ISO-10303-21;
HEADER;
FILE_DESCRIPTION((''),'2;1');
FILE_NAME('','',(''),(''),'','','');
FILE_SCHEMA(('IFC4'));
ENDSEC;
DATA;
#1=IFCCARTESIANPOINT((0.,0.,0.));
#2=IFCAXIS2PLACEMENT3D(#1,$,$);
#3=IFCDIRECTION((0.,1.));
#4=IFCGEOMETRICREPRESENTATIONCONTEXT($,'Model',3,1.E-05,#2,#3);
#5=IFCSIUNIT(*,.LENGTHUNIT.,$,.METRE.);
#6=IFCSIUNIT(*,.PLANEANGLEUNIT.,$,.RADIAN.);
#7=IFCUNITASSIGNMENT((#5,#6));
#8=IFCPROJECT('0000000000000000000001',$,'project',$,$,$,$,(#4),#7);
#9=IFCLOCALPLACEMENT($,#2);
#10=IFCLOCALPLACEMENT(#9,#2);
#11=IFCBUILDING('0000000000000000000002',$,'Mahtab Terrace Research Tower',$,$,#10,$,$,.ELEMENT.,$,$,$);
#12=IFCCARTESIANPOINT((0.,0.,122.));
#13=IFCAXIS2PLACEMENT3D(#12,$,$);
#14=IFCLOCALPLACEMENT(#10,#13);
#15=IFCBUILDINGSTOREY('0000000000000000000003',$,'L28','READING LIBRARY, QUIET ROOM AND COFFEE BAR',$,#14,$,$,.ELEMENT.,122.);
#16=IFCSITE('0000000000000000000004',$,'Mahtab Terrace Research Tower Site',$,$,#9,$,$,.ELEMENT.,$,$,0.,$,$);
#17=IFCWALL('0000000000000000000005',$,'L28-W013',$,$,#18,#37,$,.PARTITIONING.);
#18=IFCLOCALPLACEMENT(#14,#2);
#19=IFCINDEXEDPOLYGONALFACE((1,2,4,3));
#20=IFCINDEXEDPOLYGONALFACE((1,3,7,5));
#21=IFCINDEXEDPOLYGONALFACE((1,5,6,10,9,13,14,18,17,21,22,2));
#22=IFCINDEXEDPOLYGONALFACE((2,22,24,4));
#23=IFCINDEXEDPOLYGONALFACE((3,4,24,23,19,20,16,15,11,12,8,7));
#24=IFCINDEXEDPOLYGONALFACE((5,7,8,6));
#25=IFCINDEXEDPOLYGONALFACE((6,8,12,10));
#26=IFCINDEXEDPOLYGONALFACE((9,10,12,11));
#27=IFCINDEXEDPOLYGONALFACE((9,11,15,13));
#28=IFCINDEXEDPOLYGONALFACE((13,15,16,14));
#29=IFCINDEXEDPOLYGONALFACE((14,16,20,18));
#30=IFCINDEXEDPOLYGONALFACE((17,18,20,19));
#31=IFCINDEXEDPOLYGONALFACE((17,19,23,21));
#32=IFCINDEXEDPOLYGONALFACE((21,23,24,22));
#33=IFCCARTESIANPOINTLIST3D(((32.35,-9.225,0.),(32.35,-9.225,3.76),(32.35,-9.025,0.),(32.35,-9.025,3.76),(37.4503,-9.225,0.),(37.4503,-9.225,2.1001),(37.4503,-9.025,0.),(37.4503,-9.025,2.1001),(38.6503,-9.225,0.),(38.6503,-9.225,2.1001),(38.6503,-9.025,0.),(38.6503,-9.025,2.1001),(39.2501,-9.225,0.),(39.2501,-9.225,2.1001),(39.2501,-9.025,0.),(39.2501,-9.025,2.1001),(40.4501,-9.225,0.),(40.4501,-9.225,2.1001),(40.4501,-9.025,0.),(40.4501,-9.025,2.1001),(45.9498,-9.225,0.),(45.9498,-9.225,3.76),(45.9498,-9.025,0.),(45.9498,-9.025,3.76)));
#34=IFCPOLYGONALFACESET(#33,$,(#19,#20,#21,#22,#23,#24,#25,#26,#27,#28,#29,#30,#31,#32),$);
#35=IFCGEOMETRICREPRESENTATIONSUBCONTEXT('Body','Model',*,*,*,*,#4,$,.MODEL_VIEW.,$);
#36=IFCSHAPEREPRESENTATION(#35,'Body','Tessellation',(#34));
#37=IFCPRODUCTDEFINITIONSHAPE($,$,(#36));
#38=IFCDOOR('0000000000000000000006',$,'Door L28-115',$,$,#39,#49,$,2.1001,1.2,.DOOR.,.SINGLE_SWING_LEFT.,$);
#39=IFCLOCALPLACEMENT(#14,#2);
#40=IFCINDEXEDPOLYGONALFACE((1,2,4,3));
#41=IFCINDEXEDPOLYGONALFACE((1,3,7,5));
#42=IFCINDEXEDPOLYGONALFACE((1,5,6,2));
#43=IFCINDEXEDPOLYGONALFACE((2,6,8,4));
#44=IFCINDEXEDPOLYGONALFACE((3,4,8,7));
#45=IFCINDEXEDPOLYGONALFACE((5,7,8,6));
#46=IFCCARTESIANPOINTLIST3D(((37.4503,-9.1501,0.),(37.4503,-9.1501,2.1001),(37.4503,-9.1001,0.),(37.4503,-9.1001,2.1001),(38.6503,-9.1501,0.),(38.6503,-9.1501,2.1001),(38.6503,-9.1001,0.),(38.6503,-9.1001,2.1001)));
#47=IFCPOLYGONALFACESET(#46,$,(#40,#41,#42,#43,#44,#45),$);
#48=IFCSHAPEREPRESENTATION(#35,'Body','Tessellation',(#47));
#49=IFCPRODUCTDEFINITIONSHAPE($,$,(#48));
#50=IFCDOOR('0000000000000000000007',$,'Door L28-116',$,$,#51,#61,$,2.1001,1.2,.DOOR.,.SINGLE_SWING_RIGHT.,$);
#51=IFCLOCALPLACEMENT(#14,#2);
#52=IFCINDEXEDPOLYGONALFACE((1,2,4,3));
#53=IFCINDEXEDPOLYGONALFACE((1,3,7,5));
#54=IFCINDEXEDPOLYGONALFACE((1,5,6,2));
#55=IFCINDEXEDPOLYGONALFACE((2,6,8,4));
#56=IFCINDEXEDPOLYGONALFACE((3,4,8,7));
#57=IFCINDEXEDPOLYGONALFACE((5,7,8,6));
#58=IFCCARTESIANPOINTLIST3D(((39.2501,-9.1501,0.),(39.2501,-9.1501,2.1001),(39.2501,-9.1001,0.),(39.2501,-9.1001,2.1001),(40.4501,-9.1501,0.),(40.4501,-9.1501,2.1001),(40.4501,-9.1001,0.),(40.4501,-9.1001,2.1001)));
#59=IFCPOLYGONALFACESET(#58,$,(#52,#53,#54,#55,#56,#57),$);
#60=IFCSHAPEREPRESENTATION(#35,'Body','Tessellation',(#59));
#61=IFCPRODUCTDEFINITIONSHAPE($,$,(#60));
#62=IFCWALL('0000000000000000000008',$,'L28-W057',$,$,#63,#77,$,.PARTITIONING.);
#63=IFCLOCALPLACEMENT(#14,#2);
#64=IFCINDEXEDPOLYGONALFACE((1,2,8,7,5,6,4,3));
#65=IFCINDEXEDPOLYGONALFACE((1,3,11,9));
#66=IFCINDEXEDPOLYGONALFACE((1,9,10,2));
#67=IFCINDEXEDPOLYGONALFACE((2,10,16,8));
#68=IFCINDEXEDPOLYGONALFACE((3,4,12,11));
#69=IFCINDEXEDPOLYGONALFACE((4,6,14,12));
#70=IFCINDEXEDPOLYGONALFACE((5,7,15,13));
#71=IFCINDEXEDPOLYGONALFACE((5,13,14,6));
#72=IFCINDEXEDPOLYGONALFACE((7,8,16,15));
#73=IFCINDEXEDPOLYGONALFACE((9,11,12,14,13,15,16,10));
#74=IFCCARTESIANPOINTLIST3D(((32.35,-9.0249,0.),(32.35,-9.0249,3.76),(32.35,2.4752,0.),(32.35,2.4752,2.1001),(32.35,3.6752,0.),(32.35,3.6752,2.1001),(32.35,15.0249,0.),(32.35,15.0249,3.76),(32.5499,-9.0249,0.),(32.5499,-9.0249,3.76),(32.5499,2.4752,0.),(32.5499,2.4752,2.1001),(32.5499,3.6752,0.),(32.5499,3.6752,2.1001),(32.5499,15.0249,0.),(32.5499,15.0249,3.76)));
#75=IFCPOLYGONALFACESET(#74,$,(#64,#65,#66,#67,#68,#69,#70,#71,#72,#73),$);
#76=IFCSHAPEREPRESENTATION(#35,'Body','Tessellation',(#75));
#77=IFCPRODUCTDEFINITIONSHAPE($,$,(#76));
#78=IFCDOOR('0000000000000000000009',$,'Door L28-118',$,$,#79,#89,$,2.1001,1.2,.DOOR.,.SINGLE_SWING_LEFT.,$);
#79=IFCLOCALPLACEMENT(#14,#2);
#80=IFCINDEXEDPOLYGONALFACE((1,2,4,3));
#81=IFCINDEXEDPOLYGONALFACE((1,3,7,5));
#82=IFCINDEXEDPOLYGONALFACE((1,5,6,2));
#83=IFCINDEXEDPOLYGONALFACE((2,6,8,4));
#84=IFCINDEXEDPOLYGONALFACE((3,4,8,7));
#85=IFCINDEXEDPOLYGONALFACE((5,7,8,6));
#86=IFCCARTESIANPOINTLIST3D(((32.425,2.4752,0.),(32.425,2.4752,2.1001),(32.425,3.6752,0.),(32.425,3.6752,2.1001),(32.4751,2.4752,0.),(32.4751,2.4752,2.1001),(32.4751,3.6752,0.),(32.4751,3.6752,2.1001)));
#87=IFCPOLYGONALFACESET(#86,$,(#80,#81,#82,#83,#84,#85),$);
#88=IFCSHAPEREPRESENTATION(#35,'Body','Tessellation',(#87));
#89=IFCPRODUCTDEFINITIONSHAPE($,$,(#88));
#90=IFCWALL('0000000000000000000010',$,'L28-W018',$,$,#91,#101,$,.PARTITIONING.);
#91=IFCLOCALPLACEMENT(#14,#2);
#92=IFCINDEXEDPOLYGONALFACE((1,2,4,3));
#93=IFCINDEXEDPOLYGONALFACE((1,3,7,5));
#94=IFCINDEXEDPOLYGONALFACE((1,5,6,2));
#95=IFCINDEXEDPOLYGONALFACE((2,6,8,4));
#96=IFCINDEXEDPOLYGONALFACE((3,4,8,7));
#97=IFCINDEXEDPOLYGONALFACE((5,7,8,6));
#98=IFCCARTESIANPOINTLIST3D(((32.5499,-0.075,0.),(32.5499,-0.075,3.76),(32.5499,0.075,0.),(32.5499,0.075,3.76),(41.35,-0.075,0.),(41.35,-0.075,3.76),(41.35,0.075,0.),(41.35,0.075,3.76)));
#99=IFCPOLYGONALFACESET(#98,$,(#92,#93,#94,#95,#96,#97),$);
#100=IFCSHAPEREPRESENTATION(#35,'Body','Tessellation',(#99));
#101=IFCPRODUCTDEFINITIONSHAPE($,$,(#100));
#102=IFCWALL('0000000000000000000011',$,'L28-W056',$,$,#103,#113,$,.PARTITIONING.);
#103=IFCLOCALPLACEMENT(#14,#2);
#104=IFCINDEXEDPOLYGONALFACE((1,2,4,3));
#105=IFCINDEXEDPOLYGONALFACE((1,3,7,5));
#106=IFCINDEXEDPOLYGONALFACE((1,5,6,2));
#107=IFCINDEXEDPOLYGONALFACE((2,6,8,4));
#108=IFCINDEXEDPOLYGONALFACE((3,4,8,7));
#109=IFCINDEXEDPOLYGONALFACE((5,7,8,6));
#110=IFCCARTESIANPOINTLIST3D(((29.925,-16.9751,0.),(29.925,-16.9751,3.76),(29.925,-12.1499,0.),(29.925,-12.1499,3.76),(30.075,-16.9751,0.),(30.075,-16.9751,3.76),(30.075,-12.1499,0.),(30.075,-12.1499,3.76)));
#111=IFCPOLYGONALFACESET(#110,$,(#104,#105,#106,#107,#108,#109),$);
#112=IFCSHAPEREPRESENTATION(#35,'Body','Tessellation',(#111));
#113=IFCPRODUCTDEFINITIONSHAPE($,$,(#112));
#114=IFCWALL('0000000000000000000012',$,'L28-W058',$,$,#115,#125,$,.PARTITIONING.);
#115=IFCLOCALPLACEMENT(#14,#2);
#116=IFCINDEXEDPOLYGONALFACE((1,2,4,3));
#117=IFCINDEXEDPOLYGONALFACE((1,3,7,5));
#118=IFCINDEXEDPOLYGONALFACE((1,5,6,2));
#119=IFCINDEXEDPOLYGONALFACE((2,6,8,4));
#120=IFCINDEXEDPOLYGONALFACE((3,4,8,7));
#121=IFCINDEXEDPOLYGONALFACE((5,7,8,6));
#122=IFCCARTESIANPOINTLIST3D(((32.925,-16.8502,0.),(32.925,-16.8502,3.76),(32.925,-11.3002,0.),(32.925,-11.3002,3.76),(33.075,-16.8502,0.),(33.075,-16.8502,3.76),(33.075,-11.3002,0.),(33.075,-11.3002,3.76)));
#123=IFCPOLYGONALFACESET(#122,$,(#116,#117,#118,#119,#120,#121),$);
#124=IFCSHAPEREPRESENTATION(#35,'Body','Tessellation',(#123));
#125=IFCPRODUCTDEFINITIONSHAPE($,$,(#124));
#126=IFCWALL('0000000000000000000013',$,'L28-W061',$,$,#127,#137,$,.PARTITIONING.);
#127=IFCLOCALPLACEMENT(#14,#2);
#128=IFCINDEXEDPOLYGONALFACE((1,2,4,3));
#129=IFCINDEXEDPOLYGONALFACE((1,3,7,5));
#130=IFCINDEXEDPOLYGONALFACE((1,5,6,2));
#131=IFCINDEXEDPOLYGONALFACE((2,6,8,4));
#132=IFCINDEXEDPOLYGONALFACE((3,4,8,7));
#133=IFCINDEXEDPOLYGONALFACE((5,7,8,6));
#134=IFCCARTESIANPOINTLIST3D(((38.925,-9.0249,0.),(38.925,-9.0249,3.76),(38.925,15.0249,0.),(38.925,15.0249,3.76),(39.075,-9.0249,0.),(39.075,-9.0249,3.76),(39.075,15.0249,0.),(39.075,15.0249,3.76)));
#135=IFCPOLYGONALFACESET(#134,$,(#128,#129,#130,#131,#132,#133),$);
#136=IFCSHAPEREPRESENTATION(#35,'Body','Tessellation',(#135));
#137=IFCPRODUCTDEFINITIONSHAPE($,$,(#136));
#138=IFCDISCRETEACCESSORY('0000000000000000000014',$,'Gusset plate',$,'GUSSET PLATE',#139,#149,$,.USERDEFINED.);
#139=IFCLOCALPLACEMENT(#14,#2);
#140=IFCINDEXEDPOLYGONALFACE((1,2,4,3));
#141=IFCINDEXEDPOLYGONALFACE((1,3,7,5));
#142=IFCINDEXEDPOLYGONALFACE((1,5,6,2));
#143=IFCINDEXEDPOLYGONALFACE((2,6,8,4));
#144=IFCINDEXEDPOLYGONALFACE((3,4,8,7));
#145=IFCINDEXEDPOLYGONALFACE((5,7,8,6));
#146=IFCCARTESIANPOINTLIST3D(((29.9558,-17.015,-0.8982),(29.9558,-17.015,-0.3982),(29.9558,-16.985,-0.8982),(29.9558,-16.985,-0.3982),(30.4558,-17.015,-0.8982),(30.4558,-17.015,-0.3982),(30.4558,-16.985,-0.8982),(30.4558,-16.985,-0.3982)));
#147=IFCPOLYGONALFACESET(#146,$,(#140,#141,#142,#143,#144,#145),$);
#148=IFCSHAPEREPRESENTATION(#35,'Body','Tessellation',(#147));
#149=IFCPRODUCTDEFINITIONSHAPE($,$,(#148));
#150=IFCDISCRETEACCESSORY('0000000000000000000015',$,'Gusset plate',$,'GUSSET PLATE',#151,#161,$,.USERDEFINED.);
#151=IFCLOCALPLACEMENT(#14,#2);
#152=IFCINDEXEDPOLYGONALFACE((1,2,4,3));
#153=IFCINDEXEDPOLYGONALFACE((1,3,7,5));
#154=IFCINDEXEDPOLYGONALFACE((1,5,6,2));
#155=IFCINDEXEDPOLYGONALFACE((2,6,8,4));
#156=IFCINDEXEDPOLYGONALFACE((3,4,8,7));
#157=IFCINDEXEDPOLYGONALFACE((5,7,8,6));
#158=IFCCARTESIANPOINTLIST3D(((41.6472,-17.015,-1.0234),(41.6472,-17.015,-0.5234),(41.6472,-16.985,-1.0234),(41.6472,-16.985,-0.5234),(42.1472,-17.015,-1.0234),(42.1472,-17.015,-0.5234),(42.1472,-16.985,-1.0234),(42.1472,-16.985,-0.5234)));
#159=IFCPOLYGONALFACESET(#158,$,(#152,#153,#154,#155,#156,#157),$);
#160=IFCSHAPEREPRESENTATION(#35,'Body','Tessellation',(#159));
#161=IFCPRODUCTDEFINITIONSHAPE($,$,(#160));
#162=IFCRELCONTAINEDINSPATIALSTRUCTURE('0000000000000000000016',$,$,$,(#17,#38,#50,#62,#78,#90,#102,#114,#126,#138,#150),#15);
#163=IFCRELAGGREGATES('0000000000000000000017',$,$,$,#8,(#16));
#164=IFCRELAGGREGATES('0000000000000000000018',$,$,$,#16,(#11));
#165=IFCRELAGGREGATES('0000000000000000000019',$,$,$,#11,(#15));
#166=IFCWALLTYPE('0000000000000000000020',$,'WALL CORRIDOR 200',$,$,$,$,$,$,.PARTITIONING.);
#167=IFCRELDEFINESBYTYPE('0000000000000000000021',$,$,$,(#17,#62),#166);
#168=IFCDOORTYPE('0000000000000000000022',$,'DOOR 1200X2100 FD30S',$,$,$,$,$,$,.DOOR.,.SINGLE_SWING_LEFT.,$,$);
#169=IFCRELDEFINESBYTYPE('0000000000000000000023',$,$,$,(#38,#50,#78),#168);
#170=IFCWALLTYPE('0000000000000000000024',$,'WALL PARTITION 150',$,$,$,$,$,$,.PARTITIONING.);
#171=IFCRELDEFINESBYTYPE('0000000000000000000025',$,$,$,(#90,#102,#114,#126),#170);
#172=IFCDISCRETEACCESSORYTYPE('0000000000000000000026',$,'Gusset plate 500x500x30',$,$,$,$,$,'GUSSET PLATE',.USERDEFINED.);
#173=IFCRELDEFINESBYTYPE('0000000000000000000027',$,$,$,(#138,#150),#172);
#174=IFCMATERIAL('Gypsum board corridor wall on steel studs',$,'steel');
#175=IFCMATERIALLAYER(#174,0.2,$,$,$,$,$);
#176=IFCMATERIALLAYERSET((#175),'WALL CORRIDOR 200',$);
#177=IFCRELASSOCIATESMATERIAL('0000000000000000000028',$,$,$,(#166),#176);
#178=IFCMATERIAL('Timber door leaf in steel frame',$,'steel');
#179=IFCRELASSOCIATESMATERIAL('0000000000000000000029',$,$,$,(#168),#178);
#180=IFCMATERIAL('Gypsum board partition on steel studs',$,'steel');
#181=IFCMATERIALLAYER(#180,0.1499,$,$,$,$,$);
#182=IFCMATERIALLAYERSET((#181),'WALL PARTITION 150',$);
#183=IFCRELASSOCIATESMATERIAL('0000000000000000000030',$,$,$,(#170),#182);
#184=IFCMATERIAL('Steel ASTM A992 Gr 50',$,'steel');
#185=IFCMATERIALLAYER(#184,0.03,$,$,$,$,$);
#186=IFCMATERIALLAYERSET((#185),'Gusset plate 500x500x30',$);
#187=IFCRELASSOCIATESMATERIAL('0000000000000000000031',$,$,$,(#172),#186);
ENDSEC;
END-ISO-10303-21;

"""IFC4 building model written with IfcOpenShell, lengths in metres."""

from ifc_helpers import new_model, si_unit, direction, frame, frame_2d, origin, origin_2d, place, context, subcontext, project, spatial, rectangle, extrude, material, layer, layer_set, type_object, element, fill, save


model = new_model("IFC4")

# Units and contexts
model_context = context("Model", 3, precision=1e-05, world=origin(), true_north=direction((0.0, 1.0)))
body_context = subcontext(model_context, "Body", "Model", "MODEL_VIEW")
ifc_project = project(units=[si_unit("LENGTHUNIT", "METRE"), si_unit("PLANEANGLEUNIT", "RADIAN")], contexts=[model_context])

# Site, building, storey
site_placement = place(None, origin())
site = spatial("IfcSite", under=ifc_project, at=site_placement, Name="Mahtab Terrace Research Tower Site", CompositionType="ELEMENT", RefElevation=0.0)
building_placement = place(site_placement, origin())
building = spatial("IfcBuilding", under=site, at=building_placement, Name="Mahtab Terrace Research Tower", CompositionType="ELEMENT")
storey_placement = place(building_placement, frame((0.0, 0.0, 122.0)))
storey = spatial("IfcBuildingStorey", under=building, at=storey_placement, Name="L28", Description="READING LIBRARY, QUIET ROOM AND COFFEE BAR", CompositionType="ELEMENT", Elevation=122.0)

# Shared definitions
ifc_material_1 = material(Name="Steel ASTM A992 Gr 50", Category="steel")

# Shared definitions
ifc_material_2 = material(Name="Gypsum board corridor wall on steel studs", Category="steel")
ifc_layer_1 = layer(ifc_material_2, 0.2)
ifc_layer_set_1 = layer_set([ifc_layer_1], Name="WALL CORRIDOR 200")
wall_type_1 = type_object("IfcWallType", Name="WALL CORRIDOR 200", PredefinedType="PARTITIONING", material=ifc_layer_set_1)
ifc_material_3 = material(Name="Timber door leaf in steel frame", Category="steel")
door_type_1 = type_object("IfcDoorType", Name="DOOR 1200X2100 FD30S", OperationType="SINGLE_SWING_LEFT", PredefinedType="DOOR", material=ifc_material_3)

# Wall, openings, doors
wall_1_placement = place(storey_placement, frame((32.3501, -9.125, 0.0), z_axis=(0.0, 0.0, 1.0), x_axis=(1.0, 0.0, 0.0)))
wall_1 = element("IfcWall", 1, at=wall_1_placement, inside=storey, type_object=wall_type_1, Name="L28-W013", PredefinedType="PARTITIONING", context=body_context, shape_type="SweptSolid", body=[
    extrude(rectangle(XDim=13.5999, YDim=0.2, at=frame_2d((6.7998, 0.0))), origin(), (0.0, 0.0, 1.0), 3.76),
])
opening_1_placement = place(wall_1_placement, frame((5.1001, 0.0, 0.0)))
opening_1 = element("IfcOpeningElement", 2, at=opening_1_placement, cuts=wall_1, PredefinedType="OPENING", context=body_context, shape_type="SweptSolid", body=[
    extrude(rectangle(XDim=1.2, YDim=2.1001, at=frame_2d((0.6001, 1.05))), frame((0.0, 0.1099, 0.0), z_axis=(0.0, -1.0, 0.0), x_axis=(1.0, 0.0, 0.0)), (0.0, 0.0, 1.0), 0.22),
])
opening_2_placement = place(wall_1_placement, frame((6.8999, 0.0, 0.0)))
opening_2 = element("IfcOpeningElement", 3, at=opening_2_placement, cuts=wall_1, PredefinedType="OPENING", context=body_context, shape_type="SweptSolid", body=[
    extrude(rectangle(XDim=1.2, YDim=2.1001, at=frame_2d((0.6001, 1.05))), frame((0.0, 0.1099, 0.0), z_axis=(0.0, -1.0, 0.0), x_axis=(1.0, 0.0, 0.0)), (0.0, 0.0, 1.0), 0.22),
])
door_1_placement = place(opening_1_placement, origin())
door_1 = element("IfcDoor", 4, at=door_1_placement, inside=storey, type_object=door_type_1, Name="Door L28-115", OperationType="SINGLE_SWING_LEFT", OverallHeight=2.1001, OverallWidth=1.2, PredefinedType="DOOR", context=body_context, shape_type="SweptSolid", body=[
    extrude(rectangle(XDim=1.2, YDim=2.1001, at=frame_2d((0.6001, 1.05))), frame((0.0, 0.0249, 0.0), z_axis=(0.0, -1.0, 0.0), x_axis=(1.0, 0.0, 0.0)), (0.0, 0.0, 1.0), 0.05),
])
fill(opening_1, door_1)
door_2_placement = place(opening_2_placement, origin())
door_2 = element("IfcDoor", 5, at=door_2_placement, inside=storey, type_object=door_type_1, Name="Door L28-116", OperationType="SINGLE_SWING_RIGHT", OverallHeight=2.1001, OverallWidth=1.2, PredefinedType="DOOR", context=body_context, shape_type="SweptSolid", body=[
    extrude(rectangle(XDim=1.2, YDim=2.1001, at=frame_2d((0.6001, 1.05))), frame((0.0, 0.0249, 0.0), z_axis=(0.0, -1.0, 0.0), x_axis=(1.0, 0.0, 0.0)), (0.0, 0.0, 1.0), 0.05),
])
fill(opening_2, door_2)

# Wall, opening, door
wall_2_placement = place(storey_placement, frame((32.45, -9.0249, 0.0), z_axis=(0.0, 0.0, 1.0), x_axis=(0.0, 1.0, 0.0)))
wall_2 = element("IfcWall", 6, at=wall_2_placement, inside=storey, type_object=wall_type_1, Name="L28-W057", PredefinedType="PARTITIONING", context=body_context, shape_type="SweptSolid", body=[
    extrude(rectangle(XDim=24.0498, YDim=0.2, at=frame_2d((12.0249, 0.0))), origin(), (0.0, 0.0, 1.0), 3.76),
])
opening_3_placement = place(wall_2_placement, frame((11.5, 0.0, 0.0)))
opening_3 = element("IfcOpeningElement", 7, at=opening_3_placement, cuts=wall_2, PredefinedType="OPENING", context=body_context, shape_type="SweptSolid", body=[
    extrude(rectangle(XDim=1.2, YDim=2.1001, at=frame_2d((0.6001, 1.05))), frame((0.0, 0.1099, 0.0), z_axis=(0.0, -1.0, 0.0), x_axis=(1.0, 0.0, 0.0)), (0.0, 0.0, 1.0), 0.22),
])
door_3_placement = place(opening_3_placement, origin())
door_3 = element("IfcDoor", 8, at=door_3_placement, inside=storey, type_object=door_type_1, Name="Door L28-118", OperationType="SINGLE_SWING_LEFT", OverallHeight=2.1001, OverallWidth=1.2, PredefinedType="DOOR", context=body_context, shape_type="SweptSolid", body=[
    extrude(rectangle(XDim=1.2, YDim=2.1001, at=frame_2d((0.6001, 1.05))), frame((0.0, 0.0249, 0.0), z_axis=(0.0, -1.0, 0.0), x_axis=(1.0, 0.0, 0.0)), (0.0, 0.0, 1.0), 0.05),
])
fill(opening_3, door_3)

# Walls
ifc_material_4 = material(Name="Gypsum board partition on steel studs", Category="steel")
ifc_layer_2 = layer(ifc_material_4, 0.1499)
ifc_layer_set_2 = layer_set([ifc_layer_2], Name="WALL PARTITION 150")
wall_type_2 = type_object("IfcWallType", Name="WALL PARTITION 150", PredefinedType="PARTITIONING", material=ifc_layer_set_2)
wall_3_placement = place(storey_placement, frame((32.55, 0.0, 0.0), z_axis=(0.0, 0.0, 1.0), x_axis=(1.0, 0.0, 0.0)))
element("IfcWall", 9, at=wall_3_placement, inside=storey, type_object=wall_type_2, Name="L28-W018", PredefinedType="PARTITIONING", context=body_context, shape_type="SweptSolid", body=[
    extrude(rectangle(XDim=8.8, YDim=0.1499, at=frame_2d((4.3999, 0.0))), origin(), (0.0, 0.0, 1.0), 3.76),
])
wall_4_placement = place(storey_placement, frame((30.0, -16.9751, 0.0), z_axis=(0.0, 0.0, 1.0), x_axis=(0.0, 1.0, 0.0)))
element("IfcWall", 10, at=wall_4_placement, inside=storey, type_object=wall_type_2, Name="L28-W056", PredefinedType="PARTITIONING", context=body_context, shape_type="SweptSolid", body=[
    extrude(rectangle(XDim=4.8252, YDim=0.1499, at=frame_2d((2.4126, 0.0))), origin(), (0.0, 0.0, 1.0), 3.76),
])
wall_5_placement = place(storey_placement, frame((33.0, -16.8501, 0.0), z_axis=(0.0, 0.0, 1.0), x_axis=(0.0, 1.0, 0.0)))
element("IfcWall", 11, at=wall_5_placement, inside=storey, type_object=wall_type_2, Name="L28-W058", PredefinedType="PARTITIONING", context=body_context, shape_type="SweptSolid", body=[
    extrude(rectangle(XDim=5.55, YDim=0.1499, at=frame_2d((2.7749, 0.0))), origin(), (0.0, 0.0, 1.0), 3.76),
])
wall_6_placement = place(storey_placement, frame((39.0, -9.0249, 0.0), z_axis=(0.0, 0.0, 1.0), x_axis=(0.0, 1.0, 0.0)))
element("IfcWall", 12, at=wall_6_placement, inside=storey, type_object=wall_type_2, Name="L28-W061", PredefinedType="PARTITIONING", context=body_context, shape_type="SweptSolid", body=[
    extrude(rectangle(XDim=24.0498, YDim=0.1499, at=frame_2d((12.0249, 0.0))), origin(), (0.0, 0.0, 1.0), 3.76),
])

# Discrete accessories
ifc_layer_3 = layer(ifc_material_1, 0.03)
ifc_layer_set_3 = layer_set([ifc_layer_3], Name="Gusset plate 500x500x30")
discrete_accessory_type = type_object("IfcDiscreteAccessoryType", Name="Gusset plate 500x500x30", ElementType="GUSSET PLATE", PredefinedType="USERDEFINED", material=ifc_layer_set_3)
for number, where, z_axis, x_axis, name in (
    (13, (30.2058, -17.0, -0.8982), (0.0, 0.0, 1.0), (1.0, 0.0, 0.0), "Gusset plate"),
    (14, (41.8972, -17.0, -1.0234), (0.0, 0.0, 1.0), (1.0, 0.0, 0.0), "Gusset plate"),
):
    element("IfcDiscreteAccessory", number, at=place(storey_placement, frame(where, z_axis=z_axis, x_axis=x_axis)), inside=storey, type_object=discrete_accessory_type, Name=name, ObjectType="GUSSET PLATE", PredefinedType="USERDEFINED", context=body_context, shape_type="SweptSolid", body=[
        extrude(rectangle(XDim=0.5, YDim=0.03, at=origin_2d()), origin(), (0.0, 0.0, 1.0), 0.5),
    ])

save(model, "model.ifc")
